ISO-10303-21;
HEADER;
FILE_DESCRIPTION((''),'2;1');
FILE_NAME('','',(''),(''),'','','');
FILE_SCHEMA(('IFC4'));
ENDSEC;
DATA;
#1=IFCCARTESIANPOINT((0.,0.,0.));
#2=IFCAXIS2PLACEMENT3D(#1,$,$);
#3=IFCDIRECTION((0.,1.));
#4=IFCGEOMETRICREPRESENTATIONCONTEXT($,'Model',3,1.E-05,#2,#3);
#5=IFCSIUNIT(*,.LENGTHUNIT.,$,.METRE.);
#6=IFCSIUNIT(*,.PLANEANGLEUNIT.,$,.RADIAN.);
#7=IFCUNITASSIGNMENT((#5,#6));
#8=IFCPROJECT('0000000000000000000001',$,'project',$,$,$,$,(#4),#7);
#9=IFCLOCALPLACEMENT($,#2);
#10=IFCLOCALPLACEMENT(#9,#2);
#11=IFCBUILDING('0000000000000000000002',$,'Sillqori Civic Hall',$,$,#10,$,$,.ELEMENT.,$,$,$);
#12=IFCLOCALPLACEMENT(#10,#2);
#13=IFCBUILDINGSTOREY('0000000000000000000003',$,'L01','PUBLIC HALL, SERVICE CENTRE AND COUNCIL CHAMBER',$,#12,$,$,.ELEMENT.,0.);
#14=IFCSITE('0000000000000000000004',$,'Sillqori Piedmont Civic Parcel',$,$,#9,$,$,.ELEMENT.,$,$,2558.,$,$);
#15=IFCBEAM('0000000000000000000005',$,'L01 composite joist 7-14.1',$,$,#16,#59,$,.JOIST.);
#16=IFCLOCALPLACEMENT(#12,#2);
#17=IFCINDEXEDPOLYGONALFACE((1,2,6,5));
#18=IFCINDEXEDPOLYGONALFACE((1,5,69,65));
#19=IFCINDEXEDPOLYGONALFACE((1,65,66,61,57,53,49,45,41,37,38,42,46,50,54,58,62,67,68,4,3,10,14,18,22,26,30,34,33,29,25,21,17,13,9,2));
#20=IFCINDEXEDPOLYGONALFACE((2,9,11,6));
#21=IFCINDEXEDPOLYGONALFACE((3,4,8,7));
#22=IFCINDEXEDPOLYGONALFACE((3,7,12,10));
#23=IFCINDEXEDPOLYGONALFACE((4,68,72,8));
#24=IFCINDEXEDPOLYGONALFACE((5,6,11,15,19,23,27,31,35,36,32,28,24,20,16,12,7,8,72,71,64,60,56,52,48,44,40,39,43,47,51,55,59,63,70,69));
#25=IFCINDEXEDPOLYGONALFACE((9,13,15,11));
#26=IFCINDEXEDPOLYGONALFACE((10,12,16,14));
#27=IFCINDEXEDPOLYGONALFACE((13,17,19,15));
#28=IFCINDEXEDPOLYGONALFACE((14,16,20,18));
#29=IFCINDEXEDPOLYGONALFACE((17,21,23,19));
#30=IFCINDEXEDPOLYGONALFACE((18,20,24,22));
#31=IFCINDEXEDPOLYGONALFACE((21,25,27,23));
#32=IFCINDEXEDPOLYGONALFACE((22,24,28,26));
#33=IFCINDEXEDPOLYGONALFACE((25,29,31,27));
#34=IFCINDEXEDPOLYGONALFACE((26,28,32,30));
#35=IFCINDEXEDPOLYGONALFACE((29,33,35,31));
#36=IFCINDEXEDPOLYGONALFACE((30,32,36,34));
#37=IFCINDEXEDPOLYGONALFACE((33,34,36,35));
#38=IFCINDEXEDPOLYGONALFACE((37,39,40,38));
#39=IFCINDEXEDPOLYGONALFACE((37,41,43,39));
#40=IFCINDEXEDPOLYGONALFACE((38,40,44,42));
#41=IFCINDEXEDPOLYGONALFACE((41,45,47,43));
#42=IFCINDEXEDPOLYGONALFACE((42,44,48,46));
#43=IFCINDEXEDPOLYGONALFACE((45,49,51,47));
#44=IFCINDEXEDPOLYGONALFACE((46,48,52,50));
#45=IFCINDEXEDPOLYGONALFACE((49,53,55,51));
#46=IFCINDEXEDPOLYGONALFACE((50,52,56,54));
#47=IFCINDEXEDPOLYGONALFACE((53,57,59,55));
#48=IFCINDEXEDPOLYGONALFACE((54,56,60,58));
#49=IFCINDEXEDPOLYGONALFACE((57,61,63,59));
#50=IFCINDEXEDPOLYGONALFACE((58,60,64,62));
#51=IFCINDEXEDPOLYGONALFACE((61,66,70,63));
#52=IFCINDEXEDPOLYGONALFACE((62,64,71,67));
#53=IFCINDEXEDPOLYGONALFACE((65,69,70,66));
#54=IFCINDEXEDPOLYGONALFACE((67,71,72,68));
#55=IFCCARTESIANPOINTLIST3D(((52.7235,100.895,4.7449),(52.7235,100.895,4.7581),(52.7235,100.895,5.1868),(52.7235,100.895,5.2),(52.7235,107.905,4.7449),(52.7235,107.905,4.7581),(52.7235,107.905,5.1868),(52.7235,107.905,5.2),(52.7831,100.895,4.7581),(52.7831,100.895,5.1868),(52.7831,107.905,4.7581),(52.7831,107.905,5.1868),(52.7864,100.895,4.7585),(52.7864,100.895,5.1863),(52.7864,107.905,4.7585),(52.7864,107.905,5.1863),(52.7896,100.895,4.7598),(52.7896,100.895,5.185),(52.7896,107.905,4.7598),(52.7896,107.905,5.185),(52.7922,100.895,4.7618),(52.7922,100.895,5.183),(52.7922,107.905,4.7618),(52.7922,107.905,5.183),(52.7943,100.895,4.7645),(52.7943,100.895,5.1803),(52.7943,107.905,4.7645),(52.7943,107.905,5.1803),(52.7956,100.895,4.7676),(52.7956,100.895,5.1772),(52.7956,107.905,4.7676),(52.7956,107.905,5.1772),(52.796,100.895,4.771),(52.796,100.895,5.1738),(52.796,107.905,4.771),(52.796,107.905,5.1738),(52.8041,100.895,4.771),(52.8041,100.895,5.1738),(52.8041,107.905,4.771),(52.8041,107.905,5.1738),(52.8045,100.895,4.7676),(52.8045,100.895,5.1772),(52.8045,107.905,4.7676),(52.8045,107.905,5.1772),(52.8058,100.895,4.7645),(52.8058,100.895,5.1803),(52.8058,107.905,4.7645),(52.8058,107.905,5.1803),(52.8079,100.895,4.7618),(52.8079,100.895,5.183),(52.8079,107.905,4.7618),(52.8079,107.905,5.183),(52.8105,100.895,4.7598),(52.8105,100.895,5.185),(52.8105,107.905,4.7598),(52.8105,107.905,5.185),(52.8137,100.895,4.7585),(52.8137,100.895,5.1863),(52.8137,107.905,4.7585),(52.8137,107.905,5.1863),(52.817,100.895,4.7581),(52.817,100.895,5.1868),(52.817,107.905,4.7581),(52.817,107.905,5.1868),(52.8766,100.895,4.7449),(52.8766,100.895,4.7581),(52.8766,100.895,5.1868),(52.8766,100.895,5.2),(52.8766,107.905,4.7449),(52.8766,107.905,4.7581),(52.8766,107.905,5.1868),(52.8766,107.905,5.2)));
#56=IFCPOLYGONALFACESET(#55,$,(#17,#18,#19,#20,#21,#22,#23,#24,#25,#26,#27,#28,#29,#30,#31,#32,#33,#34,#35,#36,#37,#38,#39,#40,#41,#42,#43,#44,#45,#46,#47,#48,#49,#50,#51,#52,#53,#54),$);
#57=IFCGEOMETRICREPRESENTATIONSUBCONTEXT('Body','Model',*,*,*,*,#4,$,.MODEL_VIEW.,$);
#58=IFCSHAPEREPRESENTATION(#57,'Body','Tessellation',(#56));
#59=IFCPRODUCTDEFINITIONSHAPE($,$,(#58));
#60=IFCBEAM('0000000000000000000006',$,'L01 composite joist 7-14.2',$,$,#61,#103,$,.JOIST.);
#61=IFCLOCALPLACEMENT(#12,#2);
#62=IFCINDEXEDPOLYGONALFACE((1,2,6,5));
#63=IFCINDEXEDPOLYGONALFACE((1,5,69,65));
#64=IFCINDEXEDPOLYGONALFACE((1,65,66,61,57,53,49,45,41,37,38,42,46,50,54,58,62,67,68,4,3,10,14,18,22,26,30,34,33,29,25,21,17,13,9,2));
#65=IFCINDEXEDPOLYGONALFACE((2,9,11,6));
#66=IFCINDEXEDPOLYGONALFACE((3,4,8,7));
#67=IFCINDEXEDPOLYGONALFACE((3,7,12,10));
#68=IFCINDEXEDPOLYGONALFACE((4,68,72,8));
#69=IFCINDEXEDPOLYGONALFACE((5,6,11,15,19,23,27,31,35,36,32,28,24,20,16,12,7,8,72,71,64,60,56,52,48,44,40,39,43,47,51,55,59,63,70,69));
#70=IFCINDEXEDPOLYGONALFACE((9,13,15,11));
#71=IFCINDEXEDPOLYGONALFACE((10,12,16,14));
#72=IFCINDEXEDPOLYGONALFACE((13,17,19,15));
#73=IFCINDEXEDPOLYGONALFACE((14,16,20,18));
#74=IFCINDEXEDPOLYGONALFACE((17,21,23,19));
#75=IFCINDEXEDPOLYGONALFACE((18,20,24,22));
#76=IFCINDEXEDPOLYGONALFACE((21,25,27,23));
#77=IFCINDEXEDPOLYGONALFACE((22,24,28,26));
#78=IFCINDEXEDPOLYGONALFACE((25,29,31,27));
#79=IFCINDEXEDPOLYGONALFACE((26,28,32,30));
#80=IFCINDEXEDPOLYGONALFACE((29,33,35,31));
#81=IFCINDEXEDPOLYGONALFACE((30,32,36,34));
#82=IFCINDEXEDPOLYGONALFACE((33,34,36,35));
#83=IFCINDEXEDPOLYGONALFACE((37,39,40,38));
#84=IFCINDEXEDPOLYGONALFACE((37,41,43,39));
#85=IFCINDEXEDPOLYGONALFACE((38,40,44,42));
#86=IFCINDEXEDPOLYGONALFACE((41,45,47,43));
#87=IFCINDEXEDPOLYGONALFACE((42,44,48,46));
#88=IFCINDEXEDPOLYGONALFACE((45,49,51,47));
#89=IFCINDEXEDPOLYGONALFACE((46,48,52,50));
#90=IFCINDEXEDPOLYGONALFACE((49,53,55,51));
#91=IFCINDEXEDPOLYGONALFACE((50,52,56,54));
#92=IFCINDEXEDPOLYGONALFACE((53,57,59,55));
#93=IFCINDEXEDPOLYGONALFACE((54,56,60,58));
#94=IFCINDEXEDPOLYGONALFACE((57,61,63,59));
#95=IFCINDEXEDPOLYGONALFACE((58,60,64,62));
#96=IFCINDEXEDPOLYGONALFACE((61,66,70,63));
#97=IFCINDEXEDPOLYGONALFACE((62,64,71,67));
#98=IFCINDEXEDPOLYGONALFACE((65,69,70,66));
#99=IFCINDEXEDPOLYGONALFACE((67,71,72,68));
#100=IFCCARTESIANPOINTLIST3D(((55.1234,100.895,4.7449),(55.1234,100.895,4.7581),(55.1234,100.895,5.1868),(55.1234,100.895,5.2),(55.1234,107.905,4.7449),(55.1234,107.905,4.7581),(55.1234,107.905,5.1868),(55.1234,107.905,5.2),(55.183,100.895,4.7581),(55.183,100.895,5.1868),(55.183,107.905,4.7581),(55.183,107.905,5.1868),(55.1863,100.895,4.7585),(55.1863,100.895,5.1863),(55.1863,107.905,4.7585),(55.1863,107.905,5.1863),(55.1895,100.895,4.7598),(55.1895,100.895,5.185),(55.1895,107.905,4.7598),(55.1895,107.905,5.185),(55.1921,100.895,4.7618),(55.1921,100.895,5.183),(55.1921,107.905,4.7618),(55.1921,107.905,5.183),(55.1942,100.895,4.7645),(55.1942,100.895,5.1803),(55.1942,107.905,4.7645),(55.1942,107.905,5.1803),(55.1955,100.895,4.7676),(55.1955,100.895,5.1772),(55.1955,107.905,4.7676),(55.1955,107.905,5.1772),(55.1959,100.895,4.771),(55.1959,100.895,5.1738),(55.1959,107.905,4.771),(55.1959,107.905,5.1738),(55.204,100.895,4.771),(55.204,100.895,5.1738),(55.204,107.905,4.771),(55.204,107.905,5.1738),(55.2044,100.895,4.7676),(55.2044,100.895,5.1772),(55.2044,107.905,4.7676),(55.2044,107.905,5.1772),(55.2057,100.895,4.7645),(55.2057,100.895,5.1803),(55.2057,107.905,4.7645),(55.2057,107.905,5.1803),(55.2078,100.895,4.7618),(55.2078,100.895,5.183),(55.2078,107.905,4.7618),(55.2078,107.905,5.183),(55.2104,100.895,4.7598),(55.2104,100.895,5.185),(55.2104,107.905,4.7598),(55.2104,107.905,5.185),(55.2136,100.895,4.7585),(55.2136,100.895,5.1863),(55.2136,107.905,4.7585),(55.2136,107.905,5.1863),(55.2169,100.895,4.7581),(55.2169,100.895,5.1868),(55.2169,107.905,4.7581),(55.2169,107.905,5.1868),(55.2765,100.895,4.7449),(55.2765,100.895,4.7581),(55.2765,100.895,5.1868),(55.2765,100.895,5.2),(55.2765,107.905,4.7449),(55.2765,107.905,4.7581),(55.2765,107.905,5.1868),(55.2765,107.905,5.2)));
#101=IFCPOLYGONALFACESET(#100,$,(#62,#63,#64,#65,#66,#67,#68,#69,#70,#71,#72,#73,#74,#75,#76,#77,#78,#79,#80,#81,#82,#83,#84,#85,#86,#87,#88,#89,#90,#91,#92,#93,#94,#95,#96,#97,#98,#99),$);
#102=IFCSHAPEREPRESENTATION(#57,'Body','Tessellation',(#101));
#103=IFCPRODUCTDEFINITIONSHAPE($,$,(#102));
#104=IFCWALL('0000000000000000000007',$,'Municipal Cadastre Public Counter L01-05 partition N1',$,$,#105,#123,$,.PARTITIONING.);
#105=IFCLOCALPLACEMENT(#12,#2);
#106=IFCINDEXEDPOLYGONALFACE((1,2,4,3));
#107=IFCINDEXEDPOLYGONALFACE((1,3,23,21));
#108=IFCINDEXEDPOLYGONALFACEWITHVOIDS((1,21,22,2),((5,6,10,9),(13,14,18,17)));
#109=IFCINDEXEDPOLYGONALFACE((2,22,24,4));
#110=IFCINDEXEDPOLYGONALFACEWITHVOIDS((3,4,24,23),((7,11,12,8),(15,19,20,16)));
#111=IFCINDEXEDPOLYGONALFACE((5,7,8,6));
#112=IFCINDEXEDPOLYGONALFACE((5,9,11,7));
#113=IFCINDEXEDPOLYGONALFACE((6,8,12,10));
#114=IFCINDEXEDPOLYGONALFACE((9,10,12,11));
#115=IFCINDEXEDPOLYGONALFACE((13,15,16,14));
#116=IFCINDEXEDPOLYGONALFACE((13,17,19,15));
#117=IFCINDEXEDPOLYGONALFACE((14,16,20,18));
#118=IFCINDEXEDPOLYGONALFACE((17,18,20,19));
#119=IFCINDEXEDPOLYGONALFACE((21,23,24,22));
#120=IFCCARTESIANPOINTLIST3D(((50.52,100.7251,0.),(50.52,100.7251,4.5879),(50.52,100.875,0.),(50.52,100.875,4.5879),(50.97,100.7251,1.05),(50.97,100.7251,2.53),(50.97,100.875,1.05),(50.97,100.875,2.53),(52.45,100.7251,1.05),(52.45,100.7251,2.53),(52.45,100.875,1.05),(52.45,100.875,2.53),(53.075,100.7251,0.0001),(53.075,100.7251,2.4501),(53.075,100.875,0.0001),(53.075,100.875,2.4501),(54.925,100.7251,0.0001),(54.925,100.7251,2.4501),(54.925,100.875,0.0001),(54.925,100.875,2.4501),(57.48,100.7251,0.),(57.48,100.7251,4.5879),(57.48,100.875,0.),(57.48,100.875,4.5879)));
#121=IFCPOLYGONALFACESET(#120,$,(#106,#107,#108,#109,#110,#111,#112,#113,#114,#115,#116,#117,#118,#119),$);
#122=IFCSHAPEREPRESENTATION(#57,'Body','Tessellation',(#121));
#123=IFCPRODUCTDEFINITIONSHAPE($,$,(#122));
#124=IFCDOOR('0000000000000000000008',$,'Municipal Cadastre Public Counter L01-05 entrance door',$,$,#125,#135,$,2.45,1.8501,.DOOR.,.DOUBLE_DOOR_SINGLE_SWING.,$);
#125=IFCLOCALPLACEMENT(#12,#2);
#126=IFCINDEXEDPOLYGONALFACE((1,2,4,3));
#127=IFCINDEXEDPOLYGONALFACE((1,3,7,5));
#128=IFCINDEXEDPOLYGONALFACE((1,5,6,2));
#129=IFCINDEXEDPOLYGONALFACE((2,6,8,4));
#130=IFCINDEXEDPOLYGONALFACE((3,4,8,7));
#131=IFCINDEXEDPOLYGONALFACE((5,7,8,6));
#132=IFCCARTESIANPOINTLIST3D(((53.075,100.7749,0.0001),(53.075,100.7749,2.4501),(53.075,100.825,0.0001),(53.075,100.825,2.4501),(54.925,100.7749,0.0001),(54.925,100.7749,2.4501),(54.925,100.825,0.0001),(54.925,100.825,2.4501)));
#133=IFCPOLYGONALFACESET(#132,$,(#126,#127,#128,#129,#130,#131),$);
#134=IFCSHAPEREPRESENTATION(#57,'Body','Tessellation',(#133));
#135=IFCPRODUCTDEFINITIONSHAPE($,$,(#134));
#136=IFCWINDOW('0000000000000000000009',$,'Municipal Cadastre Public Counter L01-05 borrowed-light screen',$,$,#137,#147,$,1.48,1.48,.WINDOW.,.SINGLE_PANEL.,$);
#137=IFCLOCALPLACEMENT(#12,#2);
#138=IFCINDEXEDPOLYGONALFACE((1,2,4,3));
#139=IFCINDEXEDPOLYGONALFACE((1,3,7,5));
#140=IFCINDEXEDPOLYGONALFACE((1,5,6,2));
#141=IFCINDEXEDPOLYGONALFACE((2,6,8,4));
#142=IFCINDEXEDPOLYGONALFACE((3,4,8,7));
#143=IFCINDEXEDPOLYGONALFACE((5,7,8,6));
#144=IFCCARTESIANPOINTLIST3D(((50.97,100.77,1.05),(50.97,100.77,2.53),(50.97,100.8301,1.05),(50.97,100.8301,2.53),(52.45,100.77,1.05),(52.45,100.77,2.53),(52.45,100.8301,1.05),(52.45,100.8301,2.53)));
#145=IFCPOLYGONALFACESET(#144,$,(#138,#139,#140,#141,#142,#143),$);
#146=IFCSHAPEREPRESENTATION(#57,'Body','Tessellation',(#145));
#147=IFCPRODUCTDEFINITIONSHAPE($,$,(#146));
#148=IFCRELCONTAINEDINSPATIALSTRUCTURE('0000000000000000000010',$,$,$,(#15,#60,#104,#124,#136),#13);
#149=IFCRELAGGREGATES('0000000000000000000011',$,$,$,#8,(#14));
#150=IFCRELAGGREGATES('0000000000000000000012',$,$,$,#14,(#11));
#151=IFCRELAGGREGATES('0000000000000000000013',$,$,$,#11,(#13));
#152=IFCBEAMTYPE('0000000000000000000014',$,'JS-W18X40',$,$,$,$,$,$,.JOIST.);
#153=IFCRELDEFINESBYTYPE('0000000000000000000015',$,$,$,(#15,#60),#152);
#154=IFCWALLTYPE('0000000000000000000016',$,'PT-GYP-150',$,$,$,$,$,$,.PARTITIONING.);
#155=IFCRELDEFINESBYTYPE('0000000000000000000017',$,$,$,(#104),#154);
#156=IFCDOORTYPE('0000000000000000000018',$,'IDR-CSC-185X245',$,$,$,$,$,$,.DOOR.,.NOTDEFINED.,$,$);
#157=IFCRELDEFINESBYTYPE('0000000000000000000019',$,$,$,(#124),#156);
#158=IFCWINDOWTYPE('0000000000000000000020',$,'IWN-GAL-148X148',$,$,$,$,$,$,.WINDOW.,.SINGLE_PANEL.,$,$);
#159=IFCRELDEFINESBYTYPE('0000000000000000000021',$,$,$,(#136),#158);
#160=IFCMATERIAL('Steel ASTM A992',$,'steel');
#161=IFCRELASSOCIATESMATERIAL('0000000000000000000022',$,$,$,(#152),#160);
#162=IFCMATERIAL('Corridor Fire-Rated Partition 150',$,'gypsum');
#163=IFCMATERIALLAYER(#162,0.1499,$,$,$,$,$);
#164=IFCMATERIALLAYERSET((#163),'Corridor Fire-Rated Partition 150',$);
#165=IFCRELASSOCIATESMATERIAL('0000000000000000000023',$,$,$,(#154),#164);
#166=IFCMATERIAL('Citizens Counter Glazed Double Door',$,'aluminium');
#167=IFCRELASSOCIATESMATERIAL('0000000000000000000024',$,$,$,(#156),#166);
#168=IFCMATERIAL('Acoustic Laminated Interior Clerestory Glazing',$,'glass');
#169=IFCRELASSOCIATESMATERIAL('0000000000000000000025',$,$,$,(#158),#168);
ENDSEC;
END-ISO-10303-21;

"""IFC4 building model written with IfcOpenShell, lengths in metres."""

from ifc_helpers import new_model, si_unit, direction, frame, frame_2d, origin, origin_2d, place, context, subcontext, project, spatial, rectangle, i_section, extrude, material, layer, layer_set, material_profile, profile_set, type_object, element, fill, save


model = new_model("IFC4")

# Units and contexts
model_context = context("Model", 3, precision=1e-05, world=origin(), true_north=direction((0.0, 1.0)))
body_context = subcontext(model_context, "Body", "Model", "MODEL_VIEW")
ifc_project = project(units=[si_unit("LENGTHUNIT", "METRE"), si_unit("PLANEANGLEUNIT", "RADIAN")], contexts=[model_context])

# Site, building, storey
site_placement = place(None, origin())
site = spatial("IfcSite", under=ifc_project, at=site_placement, Name="Sillqori Piedmont Civic Parcel", CompositionType="ELEMENT", RefElevation=2558.0)
building_placement = place(site_placement, origin())
building = spatial("IfcBuilding", under=site, at=building_placement, Name="Sillqori Civic Hall", CompositionType="ELEMENT")
storey_placement = place(building_placement, origin())
storey = spatial("IfcBuildingStorey", under=building, at=storey_placement, Name="L01", Description="PUBLIC HALL, SERVICE CENTRE AND COUNCIL CHAMBER", CompositionType="ELEMENT", Elevation=0.0)

# Shared definitions
ifc_material_1 = material(Name="Steel ASTM A992", Category="steel")

# Beams
ifc_material_profile_1 = material_profile(ifc_material_1, i_section(OverallWidth=0.1531, OverallDepth=0.4551, WebThickness=0.0081, FlangeThickness=0.0132, FilletRadius=0.0129, at=origin_2d()), Name="W18X40")
ifc_profile_set_1 = profile_set([ifc_material_profile_1], Name="Steel ASTM A992")
beam_type_1 = type_object("IfcBeamType", Name="JS-W18X40", PredefinedType="JOIST", material=ifc_profile_set_1)
for number, where, z_axis, x_axis, name in (
    (1, (52.8, 100.895, 4.9724), (0.0, 1.0, 0.0), (-1.0, 0.0, 0.0), "L01 composite joist 7-14.1"),
    (2, (55.2, 100.895, 4.9724), (0.0, 1.0, 0.0), (-1.0, 0.0, 0.0), "L01 composite joist 7-14.2"),
):
    element("IfcBeam", number, at=place(storey_placement, frame(where, z_axis=z_axis, x_axis=x_axis)), inside=storey, type_object=beam_type_1, Name=name, PredefinedType="JOIST", context=body_context, shape_type="SweptSolid", body=[
        extrude(i_section(OverallWidth=0.1531, OverallDepth=0.4551, WebThickness=0.0081, FlangeThickness=0.0132, FilletRadius=0.0129, at=origin_2d()), origin(), (0.0, 0.0, 1.0), 7.01),
    ])

# Wall, openings, door, window
ifc_material_2 = material(Name="Corridor Fire-Rated Partition 150", Category="gypsum")
ifc_layer = layer(ifc_material_2, 0.1499)
ifc_layer_set = layer_set([ifc_layer], Name="Corridor Fire-Rated Partition 150")
wall_type = type_object("IfcWallType", Name="PT-GYP-150", PredefinedType="PARTITIONING", material=ifc_layer_set)
wall_placement = place(storey_placement, frame((50.52, 100.8, 0.0), z_axis=(0.0, 0.0, 1.0), x_axis=(1.0, 0.0, 0.0)))
wall = element("IfcWall", 3, at=wall_placement, inside=storey, type_object=wall_type, Name="Municipal Cadastre Public Counter L01-05 partition N1", PredefinedType="PARTITIONING", context=body_context, shape_type="SweptSolid", body=[
    extrude(rectangle(XDim=6.96, YDim=0.1499, at=frame_2d((3.48, 0.0))), origin(), (0.0, 0.0, 1.0), 4.5879),
])
opening_1_placement = place(wall_placement, frame((2.5549, 0.0, 0.0)))
opening_1 = element("IfcOpeningElement", 4, at=opening_1_placement, cuts=wall, PredefinedType="OPENING", context=body_context, shape_type="SweptSolid", body=[
    extrude(rectangle(XDim=1.8501, YDim=2.45, at=frame_2d((0.925, 1.2251))), frame((0.0, 0.085, 0.0), z_axis=(0.0, -1.0, 0.0), x_axis=(1.0, 0.0, 0.0)), (0.0, 0.0, 1.0), 0.1699),
])
opening_2_placement = place(wall_placement, frame((0.45, 0.0, 1.05)))
opening_2 = element("IfcOpeningElement", 5, at=opening_2_placement, cuts=wall, PredefinedType="OPENING", context=body_context, shape_type="SweptSolid", body=[
    extrude(rectangle(XDim=1.48, YDim=1.48, at=frame_2d((0.74, 0.74))), frame((0.0, 0.085, 0.0), z_axis=(0.0, -1.0, 0.0), x_axis=(1.0, 0.0, 0.0)), (0.0, 0.0, 1.0), 0.1699),
])
ifc_material_3 = material(Name="Citizens Counter Glazed Double Door", Category="aluminium")
door_type = type_object("IfcDoorType", Name="IDR-CSC-185X245", OperationType="NOTDEFINED", PredefinedType="DOOR", material=ifc_material_3)
door_placement = place(opening_1_placement, origin())
door = element("IfcDoor", 6, at=door_placement, inside=storey, type_object=door_type, Name="Municipal Cadastre Public Counter L01-05 entrance door", OperationType="DOUBLE_DOOR_SINGLE_SWING", OverallHeight=2.45, OverallWidth=1.8501, PredefinedType="DOOR", context=body_context, shape_type="SweptSolid", body=[
    extrude(rectangle(XDim=1.8501, YDim=2.45, at=frame_2d((0.925, 1.2251))), frame((0.0, 0.0249, 0.0), z_axis=(0.0, -1.0, 0.0), x_axis=(1.0, 0.0, 0.0)), (0.0, 0.0, 1.0), 0.05),
])
fill(opening_1, door)
ifc_material_4 = material(Name="Acoustic Laminated Interior Clerestory Glazing", Category="glass")
window_type = type_object("IfcWindowType", Name="IWN-GAL-148X148", PartitioningType="SINGLE_PANEL", PredefinedType="WINDOW", material=ifc_material_4)
window_placement = place(opening_2_placement, origin())
window = element("IfcWindow", 7, at=window_placement, inside=storey, type_object=window_type, Name="Municipal Cadastre Public Counter L01-05 borrowed-light screen", OverallHeight=1.48, OverallWidth=1.48, PartitioningType="SINGLE_PANEL", PredefinedType="WINDOW", context=body_context, shape_type="SweptSolid", body=[
    extrude(rectangle(XDim=1.48, YDim=1.48, at=frame_2d((0.74, 0.74))), frame((0.0, 0.03, 0.0), z_axis=(0.0, -1.0, 0.0), x_axis=(1.0, 0.0, 0.0)), (0.0, 0.0, 1.0), 0.0601),
])
fill(opening_2, window)

save(model, "model.ifc")
